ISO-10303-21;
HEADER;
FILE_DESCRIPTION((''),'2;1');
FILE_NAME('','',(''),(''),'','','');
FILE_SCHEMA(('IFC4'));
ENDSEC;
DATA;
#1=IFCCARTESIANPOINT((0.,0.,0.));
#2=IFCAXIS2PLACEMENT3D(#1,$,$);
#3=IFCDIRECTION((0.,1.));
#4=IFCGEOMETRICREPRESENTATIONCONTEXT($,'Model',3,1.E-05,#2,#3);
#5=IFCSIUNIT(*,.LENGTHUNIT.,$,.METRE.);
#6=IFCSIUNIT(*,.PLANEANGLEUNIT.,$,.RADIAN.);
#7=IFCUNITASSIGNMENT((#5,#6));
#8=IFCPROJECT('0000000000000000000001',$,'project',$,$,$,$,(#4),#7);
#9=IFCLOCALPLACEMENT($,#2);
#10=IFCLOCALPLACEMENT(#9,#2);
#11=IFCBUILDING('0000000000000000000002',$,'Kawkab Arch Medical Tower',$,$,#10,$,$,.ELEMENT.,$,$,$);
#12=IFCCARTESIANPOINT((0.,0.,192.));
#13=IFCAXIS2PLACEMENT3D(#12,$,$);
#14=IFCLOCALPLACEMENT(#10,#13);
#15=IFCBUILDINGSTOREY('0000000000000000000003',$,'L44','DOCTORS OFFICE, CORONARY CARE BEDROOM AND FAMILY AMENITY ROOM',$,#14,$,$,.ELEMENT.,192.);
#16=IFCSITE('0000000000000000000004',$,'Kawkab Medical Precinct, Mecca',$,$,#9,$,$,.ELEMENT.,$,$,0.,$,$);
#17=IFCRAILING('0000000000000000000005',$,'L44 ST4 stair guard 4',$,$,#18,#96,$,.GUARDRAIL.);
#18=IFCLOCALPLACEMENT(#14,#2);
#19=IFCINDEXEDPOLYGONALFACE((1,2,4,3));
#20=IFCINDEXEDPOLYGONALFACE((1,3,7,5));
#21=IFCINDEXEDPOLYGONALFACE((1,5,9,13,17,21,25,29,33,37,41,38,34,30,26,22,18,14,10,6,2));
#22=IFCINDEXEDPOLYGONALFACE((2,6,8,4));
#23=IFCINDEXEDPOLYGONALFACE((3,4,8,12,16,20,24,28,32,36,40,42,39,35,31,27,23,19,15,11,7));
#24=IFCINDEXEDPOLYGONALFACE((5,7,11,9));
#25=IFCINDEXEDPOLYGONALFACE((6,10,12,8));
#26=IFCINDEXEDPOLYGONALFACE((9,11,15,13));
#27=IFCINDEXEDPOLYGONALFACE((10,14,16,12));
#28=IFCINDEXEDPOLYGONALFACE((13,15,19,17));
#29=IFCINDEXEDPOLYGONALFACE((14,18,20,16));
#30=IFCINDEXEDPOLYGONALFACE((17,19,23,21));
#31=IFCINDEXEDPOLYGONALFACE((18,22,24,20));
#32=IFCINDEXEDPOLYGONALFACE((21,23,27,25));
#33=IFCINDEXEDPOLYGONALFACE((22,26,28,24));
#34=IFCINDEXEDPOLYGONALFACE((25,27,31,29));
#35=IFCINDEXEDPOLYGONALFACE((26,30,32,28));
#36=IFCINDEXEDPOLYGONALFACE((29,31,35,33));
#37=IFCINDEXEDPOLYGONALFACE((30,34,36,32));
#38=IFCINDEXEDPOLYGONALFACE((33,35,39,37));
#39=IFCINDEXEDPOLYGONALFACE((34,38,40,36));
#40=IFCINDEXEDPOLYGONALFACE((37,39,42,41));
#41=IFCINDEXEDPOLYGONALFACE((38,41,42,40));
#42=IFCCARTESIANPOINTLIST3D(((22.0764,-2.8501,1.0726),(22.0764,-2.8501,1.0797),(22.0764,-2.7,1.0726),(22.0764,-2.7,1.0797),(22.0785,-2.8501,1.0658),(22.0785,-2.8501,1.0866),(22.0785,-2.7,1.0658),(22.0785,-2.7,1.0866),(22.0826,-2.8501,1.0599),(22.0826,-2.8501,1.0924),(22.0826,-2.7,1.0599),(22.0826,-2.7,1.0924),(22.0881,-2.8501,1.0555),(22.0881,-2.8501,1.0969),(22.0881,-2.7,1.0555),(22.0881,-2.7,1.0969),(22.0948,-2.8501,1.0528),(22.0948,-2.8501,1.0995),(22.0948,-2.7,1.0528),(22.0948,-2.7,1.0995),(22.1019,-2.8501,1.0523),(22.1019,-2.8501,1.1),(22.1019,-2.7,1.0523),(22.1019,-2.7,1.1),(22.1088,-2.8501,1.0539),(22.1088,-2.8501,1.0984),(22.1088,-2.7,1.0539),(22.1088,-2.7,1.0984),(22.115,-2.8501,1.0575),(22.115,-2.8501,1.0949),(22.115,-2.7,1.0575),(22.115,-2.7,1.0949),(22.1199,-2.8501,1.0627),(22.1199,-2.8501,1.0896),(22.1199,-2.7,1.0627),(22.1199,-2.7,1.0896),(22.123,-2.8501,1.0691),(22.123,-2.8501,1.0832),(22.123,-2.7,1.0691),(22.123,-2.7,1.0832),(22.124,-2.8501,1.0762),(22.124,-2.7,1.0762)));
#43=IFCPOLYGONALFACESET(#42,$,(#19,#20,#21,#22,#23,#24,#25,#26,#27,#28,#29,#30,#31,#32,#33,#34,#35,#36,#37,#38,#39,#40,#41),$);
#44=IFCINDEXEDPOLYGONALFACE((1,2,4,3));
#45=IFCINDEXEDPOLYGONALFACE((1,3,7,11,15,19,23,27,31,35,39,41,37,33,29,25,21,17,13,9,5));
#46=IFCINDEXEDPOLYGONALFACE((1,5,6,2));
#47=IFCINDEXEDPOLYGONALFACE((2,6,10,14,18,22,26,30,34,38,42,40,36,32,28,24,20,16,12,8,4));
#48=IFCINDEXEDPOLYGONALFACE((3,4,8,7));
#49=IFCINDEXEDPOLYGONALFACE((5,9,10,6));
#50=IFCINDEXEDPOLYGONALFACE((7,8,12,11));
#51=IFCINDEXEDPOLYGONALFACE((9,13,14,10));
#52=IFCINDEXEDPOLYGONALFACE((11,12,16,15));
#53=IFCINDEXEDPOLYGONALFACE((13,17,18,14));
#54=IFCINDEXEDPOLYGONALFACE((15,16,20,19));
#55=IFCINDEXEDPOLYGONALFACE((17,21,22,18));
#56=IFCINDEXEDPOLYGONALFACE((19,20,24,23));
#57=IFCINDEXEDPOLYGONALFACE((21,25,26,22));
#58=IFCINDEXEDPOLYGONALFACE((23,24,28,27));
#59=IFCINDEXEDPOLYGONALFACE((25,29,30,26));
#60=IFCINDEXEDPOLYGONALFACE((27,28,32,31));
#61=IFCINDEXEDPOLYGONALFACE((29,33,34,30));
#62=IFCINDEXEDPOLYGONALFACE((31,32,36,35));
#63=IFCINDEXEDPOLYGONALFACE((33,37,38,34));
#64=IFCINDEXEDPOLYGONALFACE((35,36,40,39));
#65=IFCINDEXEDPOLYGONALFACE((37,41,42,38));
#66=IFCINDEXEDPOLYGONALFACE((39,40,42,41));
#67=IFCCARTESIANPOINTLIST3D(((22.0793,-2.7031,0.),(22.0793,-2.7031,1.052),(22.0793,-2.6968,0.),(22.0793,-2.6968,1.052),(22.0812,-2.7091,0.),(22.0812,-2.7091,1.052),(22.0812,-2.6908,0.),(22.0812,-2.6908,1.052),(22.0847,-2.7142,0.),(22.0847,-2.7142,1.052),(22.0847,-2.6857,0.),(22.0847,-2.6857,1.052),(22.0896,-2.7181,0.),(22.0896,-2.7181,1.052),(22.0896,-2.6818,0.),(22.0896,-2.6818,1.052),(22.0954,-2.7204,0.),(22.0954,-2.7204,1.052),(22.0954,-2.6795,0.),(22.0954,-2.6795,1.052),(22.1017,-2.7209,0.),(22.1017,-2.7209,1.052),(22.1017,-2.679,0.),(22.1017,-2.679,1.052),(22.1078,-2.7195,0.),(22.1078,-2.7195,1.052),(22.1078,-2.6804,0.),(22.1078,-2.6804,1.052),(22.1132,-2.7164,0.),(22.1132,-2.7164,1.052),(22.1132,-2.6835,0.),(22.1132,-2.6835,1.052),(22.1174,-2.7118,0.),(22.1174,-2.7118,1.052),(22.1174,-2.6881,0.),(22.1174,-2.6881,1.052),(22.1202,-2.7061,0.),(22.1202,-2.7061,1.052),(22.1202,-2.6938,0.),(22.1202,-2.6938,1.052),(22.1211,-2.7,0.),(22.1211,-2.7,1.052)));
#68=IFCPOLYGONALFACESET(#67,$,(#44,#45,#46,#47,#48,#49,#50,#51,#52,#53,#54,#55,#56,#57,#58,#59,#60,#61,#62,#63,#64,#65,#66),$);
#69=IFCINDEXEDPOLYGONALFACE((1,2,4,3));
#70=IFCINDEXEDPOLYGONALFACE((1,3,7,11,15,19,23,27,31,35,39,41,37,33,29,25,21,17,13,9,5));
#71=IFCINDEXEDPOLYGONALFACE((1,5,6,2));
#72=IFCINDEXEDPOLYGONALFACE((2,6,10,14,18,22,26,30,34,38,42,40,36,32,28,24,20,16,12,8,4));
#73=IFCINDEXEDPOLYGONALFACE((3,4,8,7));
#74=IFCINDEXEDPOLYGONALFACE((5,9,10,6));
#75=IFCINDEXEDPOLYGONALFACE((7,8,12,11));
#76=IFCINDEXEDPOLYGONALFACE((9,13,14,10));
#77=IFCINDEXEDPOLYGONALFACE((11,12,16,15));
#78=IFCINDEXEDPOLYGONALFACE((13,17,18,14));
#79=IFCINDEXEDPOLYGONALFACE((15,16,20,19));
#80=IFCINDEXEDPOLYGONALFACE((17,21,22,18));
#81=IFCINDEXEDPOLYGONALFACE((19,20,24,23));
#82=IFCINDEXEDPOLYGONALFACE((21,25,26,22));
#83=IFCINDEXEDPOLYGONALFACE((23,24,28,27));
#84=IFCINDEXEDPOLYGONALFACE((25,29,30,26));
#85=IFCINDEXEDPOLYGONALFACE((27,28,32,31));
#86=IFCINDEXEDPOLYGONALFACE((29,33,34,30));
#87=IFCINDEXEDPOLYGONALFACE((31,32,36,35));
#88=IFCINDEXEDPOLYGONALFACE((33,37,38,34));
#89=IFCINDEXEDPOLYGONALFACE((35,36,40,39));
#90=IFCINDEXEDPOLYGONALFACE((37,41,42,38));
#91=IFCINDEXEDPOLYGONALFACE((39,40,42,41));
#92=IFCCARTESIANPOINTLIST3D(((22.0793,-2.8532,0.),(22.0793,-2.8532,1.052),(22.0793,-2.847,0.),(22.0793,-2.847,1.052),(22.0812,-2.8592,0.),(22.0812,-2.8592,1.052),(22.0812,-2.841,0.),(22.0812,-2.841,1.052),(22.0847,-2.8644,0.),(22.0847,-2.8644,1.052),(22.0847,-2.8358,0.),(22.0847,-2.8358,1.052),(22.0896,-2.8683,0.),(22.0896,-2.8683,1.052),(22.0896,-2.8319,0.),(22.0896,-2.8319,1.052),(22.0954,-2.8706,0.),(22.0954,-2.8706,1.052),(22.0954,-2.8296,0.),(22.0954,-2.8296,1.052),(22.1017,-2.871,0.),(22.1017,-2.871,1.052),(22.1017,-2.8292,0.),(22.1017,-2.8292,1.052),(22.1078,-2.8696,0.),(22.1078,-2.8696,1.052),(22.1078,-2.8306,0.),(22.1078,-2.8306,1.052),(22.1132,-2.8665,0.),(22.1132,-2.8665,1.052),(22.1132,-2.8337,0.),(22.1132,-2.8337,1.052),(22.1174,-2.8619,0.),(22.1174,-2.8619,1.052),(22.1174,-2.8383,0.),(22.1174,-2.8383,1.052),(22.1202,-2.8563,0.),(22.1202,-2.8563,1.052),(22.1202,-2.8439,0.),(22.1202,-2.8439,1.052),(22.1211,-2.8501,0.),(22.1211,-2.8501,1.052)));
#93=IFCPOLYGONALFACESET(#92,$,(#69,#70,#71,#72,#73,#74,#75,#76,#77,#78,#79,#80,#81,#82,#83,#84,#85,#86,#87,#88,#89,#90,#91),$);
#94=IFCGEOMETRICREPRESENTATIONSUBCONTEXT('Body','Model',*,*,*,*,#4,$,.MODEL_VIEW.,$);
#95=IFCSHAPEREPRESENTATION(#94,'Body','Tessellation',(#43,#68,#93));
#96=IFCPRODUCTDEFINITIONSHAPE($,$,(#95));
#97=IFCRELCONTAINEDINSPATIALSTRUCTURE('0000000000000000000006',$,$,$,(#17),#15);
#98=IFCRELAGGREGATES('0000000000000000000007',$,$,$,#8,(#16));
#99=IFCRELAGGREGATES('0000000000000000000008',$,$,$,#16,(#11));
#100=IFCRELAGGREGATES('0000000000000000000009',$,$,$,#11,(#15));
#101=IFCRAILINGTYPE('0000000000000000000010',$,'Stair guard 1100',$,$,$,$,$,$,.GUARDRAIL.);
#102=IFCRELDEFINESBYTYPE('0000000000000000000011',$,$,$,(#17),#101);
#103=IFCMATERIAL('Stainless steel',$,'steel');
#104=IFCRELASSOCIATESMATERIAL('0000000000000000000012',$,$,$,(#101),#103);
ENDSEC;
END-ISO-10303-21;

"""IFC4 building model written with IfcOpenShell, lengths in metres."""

from ifc_helpers import new_model, si_unit, direction, frame, origin, origin_2d, place, context, subcontext, project, spatial, circle, extrude, material, type_object, element, save


model = new_model("IFC4")

# Units and contexts
model_context = context("Model", 3, precision=1e-05, world=origin(), true_north=direction((0.0, 1.0)))
body_context = subcontext(model_context, "Body", "Model", "MODEL_VIEW")
ifc_project = project(units=[si_unit("LENGTHUNIT", "METRE"), si_unit("PLANEANGLEUNIT", "RADIAN")], contexts=[model_context])

# Site, building, storey
site_placement = place(None, origin())
site = spatial("IfcSite", under=ifc_project, at=site_placement, Name="Kawkab Medical Precinct, Mecca", CompositionType="ELEMENT", RefElevation=0.0)
building_placement = place(site_placement, origin())
building = spatial("IfcBuilding", under=site, at=building_placement, Name="Kawkab Arch Medical Tower", CompositionType="ELEMENT")
storey_placement = place(building_placement, frame((0.0, 0.0, 192.0)))
storey = spatial("IfcBuildingStorey", under=building, at=storey_placement, Name="L44", Description="DOCTORS OFFICE, CORONARY CARE BEDROOM AND FAMILY AMENITY ROOM", CompositionType="ELEMENT", Elevation=192.0)

# Railing
ifc_material_1 = material(Name="Stainless steel", Category="steel")
railing_type_1 = type_object("IfcRailingType", Name="Stair guard 1100", PredefinedType="GUARDRAIL", material=ifc_material_1)
railing_1_placement = place(storey_placement, frame((22.1001, -2.7, 0.0)))
element("IfcRailing", 1, at=railing_1_placement, inside=storey, type_object=railing_type_1, Name="L44 ST4 stair guard 4", PredefinedType="GUARDRAIL", context=body_context, shape_type="SweptSolid", body=[
    extrude(circle(Radius=0.0239, at=origin_2d()), frame((0.0, 0.0, 1.0762), z_axis=(0.0, -1.0, 0.0), x_axis=(1.0, 0.0, 0.0)), (0.0, 0.0, 1.0), 0.1501),
    extrude(circle(Radius=0.021, at=origin_2d()), origin(), (0.0, 0.0, 1.0), 1.052),
    extrude(circle(Radius=0.021, at=origin_2d()), frame((0.0, -0.1501, 0.0)), (0.0, 0.0, 1.0), 1.052),
])

save(model, "model.ifc")
